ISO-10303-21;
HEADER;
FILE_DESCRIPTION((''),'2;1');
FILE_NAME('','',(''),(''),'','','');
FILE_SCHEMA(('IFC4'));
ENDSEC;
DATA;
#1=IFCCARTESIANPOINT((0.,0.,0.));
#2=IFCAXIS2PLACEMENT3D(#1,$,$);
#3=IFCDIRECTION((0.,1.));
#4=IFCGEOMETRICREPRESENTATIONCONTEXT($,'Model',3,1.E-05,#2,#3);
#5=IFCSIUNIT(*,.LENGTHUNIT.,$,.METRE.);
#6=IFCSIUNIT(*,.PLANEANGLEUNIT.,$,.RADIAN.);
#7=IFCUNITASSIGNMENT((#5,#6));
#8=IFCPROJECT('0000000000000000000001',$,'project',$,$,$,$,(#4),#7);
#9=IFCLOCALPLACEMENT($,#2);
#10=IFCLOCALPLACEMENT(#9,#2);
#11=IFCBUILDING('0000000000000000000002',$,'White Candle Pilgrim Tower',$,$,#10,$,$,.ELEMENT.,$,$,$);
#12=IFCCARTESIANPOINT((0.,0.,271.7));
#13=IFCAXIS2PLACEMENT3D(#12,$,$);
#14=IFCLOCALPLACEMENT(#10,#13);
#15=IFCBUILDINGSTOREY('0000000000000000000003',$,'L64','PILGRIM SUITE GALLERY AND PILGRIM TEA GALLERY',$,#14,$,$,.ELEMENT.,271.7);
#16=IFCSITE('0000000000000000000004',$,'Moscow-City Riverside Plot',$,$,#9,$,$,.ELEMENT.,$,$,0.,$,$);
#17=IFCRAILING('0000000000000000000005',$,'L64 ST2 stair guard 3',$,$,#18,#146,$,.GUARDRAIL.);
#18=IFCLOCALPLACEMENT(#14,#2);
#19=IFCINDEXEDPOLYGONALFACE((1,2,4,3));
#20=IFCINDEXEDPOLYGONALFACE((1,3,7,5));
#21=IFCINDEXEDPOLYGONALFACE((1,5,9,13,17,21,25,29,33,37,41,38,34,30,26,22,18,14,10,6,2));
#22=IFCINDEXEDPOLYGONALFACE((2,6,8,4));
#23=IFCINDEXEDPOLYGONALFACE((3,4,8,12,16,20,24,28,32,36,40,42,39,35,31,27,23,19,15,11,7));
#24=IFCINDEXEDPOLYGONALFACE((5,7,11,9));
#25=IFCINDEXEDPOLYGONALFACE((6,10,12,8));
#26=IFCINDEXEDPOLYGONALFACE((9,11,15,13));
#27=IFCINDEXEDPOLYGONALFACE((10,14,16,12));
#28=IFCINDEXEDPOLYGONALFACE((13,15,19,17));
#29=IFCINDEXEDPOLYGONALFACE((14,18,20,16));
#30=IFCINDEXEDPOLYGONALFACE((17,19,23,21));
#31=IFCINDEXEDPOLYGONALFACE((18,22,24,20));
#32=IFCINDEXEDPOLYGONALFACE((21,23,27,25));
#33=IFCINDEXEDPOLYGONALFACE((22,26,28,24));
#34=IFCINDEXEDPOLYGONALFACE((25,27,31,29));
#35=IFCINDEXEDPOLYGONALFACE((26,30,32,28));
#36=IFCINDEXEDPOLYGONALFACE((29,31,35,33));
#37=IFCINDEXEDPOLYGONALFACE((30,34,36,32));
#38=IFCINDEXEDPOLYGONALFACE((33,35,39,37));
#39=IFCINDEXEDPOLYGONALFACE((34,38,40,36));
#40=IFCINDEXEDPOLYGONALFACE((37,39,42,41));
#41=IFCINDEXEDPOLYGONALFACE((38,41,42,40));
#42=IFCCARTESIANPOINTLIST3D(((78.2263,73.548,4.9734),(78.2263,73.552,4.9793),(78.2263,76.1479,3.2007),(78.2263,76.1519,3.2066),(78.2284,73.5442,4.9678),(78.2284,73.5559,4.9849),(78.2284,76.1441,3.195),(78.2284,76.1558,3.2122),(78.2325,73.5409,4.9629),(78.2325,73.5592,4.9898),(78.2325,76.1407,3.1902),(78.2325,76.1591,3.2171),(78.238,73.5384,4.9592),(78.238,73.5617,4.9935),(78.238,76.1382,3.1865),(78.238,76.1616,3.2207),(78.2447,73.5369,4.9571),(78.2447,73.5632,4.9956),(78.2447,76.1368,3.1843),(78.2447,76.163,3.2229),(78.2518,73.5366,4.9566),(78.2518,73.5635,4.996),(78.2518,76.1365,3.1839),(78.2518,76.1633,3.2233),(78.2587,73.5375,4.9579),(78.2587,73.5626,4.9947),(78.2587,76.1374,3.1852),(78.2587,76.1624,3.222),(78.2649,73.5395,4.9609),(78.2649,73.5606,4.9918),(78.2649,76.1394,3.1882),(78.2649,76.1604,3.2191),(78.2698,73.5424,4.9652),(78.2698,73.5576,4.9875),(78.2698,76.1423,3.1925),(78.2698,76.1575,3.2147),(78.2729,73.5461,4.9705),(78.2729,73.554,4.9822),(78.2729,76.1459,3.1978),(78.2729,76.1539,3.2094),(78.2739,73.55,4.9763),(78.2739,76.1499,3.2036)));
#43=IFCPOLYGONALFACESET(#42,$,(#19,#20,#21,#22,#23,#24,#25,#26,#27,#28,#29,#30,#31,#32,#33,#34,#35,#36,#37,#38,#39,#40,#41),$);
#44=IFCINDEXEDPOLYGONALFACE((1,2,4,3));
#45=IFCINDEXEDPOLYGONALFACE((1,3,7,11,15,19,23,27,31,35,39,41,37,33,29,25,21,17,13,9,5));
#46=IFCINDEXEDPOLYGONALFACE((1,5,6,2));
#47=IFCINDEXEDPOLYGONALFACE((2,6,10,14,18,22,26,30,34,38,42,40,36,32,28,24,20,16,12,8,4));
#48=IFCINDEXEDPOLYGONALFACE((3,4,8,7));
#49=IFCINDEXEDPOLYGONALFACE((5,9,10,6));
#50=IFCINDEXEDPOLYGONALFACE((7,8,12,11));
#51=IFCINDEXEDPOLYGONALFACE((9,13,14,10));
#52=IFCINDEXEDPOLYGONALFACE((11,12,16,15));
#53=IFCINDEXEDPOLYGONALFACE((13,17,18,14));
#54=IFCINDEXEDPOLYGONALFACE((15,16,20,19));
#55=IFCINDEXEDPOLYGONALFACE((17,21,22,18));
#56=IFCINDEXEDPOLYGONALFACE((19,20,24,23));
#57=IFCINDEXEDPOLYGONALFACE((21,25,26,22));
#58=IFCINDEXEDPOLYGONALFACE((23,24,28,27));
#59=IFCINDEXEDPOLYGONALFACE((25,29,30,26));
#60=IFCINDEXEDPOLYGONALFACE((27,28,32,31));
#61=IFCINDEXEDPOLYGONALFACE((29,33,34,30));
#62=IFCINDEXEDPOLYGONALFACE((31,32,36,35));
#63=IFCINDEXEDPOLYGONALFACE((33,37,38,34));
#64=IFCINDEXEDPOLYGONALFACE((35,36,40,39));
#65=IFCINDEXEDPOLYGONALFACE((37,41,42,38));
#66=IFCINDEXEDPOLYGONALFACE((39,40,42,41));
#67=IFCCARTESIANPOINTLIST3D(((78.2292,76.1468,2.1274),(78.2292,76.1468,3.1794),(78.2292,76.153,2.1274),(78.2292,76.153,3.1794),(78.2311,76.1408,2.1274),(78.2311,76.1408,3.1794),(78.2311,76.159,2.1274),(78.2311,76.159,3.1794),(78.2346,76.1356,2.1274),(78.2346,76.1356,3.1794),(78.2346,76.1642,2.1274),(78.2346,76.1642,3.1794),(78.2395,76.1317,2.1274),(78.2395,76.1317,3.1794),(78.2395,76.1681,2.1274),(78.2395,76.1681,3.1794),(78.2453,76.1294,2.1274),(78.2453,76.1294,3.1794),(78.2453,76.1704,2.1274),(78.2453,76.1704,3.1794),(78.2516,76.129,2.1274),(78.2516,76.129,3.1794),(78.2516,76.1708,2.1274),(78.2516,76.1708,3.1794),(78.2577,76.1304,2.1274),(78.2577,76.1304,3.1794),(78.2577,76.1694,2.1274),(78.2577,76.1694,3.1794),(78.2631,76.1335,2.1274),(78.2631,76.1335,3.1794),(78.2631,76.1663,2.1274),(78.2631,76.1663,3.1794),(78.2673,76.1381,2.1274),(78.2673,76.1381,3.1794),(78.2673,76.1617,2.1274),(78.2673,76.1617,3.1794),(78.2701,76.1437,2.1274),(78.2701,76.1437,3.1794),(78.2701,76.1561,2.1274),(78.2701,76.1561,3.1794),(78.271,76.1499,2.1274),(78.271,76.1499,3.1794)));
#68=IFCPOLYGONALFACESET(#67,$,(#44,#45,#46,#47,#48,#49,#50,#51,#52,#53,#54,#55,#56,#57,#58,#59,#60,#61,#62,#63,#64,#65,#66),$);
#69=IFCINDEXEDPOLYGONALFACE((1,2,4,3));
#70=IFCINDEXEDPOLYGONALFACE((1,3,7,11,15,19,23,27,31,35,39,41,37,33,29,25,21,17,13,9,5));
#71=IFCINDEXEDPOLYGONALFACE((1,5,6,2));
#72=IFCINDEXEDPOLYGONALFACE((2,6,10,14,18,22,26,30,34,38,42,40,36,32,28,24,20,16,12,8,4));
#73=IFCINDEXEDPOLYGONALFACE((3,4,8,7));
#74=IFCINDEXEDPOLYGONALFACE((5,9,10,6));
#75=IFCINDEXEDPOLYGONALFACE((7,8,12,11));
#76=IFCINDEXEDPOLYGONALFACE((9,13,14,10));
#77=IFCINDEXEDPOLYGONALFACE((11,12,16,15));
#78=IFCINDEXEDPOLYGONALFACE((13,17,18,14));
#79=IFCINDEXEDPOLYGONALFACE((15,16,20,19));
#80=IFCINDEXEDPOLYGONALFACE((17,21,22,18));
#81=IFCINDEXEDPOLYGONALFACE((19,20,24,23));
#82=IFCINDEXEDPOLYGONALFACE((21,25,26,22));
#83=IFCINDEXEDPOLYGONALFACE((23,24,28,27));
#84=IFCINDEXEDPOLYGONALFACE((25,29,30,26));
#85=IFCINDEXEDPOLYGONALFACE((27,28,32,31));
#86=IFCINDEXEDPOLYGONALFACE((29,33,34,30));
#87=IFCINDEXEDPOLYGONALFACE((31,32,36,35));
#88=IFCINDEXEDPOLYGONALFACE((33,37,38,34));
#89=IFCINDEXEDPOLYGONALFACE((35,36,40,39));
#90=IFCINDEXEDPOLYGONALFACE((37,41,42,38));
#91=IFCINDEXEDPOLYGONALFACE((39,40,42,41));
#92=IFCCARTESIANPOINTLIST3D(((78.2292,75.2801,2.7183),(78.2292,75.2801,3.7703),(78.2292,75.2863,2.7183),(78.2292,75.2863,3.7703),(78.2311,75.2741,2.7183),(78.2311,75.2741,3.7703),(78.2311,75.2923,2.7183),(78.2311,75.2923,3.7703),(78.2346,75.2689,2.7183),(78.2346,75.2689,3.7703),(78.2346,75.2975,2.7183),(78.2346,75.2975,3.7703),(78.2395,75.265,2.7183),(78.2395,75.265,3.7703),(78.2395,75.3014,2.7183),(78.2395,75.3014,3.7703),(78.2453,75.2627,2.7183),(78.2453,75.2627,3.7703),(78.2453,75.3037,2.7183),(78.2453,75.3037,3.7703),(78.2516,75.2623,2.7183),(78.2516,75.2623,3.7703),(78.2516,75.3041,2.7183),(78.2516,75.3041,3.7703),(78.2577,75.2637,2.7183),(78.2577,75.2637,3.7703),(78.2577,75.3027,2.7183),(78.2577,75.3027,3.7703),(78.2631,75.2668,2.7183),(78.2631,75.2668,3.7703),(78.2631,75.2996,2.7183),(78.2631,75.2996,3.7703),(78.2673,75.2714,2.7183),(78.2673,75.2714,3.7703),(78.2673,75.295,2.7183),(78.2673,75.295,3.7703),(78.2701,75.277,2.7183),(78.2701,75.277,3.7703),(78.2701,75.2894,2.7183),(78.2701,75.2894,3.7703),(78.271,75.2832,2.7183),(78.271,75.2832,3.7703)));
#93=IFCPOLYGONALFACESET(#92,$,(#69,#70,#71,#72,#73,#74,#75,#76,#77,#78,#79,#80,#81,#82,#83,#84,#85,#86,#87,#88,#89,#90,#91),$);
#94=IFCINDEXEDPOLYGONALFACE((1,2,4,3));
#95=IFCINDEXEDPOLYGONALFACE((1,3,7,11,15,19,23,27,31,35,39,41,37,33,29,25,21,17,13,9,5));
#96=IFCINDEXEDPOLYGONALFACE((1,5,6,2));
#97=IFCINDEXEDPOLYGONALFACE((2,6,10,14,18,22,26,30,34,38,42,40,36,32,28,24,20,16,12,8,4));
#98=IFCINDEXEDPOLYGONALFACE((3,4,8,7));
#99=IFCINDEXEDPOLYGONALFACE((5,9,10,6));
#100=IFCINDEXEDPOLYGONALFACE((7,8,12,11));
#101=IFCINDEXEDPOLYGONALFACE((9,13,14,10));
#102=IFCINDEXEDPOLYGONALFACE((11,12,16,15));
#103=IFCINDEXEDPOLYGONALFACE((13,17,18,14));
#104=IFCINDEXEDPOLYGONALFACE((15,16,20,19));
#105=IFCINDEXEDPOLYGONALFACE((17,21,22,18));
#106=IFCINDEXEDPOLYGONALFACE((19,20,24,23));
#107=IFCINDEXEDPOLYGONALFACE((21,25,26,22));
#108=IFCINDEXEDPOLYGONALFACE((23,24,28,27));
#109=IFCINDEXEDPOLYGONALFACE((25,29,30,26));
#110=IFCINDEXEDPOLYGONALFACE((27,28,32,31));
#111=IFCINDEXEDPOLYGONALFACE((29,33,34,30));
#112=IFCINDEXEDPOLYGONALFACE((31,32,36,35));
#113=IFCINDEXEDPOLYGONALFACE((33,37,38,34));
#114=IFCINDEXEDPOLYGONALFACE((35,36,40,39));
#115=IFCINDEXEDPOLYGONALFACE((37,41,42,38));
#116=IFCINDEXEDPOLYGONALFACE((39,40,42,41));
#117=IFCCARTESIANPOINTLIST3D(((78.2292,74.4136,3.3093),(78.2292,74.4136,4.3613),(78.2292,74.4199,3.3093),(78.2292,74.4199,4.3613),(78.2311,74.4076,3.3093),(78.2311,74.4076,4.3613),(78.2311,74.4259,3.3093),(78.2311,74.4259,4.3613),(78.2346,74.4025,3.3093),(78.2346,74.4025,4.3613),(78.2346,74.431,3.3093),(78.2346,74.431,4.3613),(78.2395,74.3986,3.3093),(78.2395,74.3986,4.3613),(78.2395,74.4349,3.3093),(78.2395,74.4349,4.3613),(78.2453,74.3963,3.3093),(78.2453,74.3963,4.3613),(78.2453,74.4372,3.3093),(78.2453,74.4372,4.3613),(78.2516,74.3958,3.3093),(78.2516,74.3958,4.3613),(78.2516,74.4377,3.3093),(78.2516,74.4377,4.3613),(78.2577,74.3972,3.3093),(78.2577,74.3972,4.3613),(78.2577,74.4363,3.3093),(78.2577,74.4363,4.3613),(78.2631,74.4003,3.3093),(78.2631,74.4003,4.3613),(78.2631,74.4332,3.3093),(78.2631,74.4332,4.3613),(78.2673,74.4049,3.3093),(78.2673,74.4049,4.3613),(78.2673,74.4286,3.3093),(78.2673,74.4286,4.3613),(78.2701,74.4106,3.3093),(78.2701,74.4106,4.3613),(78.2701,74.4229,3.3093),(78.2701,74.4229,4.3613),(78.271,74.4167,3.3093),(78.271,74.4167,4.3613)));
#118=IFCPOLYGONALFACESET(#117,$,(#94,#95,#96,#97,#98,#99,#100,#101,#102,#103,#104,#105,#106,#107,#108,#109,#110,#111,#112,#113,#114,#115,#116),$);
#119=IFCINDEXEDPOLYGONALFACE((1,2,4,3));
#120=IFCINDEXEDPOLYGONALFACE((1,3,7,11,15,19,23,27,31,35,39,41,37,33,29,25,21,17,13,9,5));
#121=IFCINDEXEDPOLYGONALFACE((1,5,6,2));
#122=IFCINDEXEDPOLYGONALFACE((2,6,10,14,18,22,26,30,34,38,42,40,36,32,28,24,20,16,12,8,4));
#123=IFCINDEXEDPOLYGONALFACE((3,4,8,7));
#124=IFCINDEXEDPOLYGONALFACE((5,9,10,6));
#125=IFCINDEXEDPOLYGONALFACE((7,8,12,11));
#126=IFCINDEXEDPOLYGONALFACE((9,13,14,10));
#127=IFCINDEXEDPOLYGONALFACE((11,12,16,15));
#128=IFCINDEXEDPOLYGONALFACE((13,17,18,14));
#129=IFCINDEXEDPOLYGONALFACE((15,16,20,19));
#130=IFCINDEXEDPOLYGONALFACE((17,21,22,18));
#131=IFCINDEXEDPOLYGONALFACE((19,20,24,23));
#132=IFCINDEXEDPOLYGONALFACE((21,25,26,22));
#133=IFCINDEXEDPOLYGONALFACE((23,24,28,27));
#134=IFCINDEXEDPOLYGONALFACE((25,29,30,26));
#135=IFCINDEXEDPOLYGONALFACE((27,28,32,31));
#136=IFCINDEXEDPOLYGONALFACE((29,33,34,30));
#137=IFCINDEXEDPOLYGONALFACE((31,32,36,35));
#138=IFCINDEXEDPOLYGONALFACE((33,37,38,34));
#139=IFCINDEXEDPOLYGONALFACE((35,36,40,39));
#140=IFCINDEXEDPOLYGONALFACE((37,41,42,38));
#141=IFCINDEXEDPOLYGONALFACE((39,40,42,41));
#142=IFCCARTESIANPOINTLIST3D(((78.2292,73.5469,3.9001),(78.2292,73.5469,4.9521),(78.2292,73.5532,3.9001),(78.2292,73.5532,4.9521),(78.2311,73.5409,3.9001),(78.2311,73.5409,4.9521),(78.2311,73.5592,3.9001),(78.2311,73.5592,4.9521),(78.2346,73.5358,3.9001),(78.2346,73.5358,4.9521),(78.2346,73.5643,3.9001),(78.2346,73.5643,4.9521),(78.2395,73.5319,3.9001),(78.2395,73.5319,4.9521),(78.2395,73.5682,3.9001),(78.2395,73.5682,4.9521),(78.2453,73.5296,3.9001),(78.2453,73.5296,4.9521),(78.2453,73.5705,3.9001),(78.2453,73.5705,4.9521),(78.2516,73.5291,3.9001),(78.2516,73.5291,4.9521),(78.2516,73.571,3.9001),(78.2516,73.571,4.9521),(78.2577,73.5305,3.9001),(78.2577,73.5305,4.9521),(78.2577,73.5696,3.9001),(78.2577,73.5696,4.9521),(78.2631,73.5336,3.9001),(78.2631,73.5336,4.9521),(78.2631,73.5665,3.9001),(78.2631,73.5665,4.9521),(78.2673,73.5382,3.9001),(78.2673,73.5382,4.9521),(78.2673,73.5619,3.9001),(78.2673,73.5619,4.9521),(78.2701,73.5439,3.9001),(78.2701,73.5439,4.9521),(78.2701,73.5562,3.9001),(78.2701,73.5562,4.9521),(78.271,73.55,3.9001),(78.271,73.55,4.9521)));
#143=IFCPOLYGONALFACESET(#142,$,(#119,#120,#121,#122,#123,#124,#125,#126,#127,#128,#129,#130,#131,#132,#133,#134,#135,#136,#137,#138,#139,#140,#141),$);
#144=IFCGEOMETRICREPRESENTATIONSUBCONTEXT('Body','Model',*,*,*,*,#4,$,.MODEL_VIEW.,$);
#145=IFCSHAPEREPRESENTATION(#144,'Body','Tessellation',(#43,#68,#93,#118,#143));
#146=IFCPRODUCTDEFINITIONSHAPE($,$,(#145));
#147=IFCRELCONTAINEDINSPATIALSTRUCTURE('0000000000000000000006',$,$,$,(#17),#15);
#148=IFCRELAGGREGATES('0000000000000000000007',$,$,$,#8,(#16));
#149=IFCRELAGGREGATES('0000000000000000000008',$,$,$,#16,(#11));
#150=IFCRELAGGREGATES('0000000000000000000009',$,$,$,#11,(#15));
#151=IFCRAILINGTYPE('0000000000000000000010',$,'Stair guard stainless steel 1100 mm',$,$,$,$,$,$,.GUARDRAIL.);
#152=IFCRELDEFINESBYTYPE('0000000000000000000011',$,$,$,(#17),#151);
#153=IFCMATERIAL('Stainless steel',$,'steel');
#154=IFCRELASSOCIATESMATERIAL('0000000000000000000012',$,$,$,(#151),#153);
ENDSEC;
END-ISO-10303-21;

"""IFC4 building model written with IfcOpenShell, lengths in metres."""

from ifc_helpers import new_model, si_unit, direction, frame, origin, origin_2d, place, context, subcontext, project, spatial, circle, extrude, material, type_object, element, save


model = new_model("IFC4")

# Units and contexts
model_context = context("Model", 3, precision=1e-05, world=origin(), true_north=direction((0.0, 1.0)))
body_context = subcontext(model_context, "Body", "Model", "MODEL_VIEW")
ifc_project = project(units=[si_unit("LENGTHUNIT", "METRE"), si_unit("PLANEANGLEUNIT", "RADIAN")], contexts=[model_context])

# Site, building, storey
site_placement = place(None, origin())
site = spatial("IfcSite", under=ifc_project, at=site_placement, Name="Moscow-City Riverside Plot", CompositionType="ELEMENT", RefElevation=0.0)
building_placement = place(site_placement, origin())
building = spatial("IfcBuilding", under=site, at=building_placement, Name="White Candle Pilgrim Tower", CompositionType="ELEMENT")
storey_placement = place(building_placement, frame((0.0, 0.0, 271.7)))
storey = spatial("IfcBuildingStorey", under=building, at=storey_placement, Name="L64", Description="PILGRIM SUITE GALLERY AND PILGRIM TEA GALLERY", CompositionType="ELEMENT", Elevation=271.7)

# Railing
ifc_material_1 = material(Name="Stainless steel", Category="steel")
railing_type_1 = type_object("IfcRailingType", Name="Stair guard stainless steel 1100 mm", PredefinedType="GUARDRAIL", material=ifc_material_1)
railing_1_placement = place(storey_placement, frame((78.25, 76.1499, 2.1274)))
element("IfcRailing", 1, at=railing_1_placement, inside=storey, type_object=railing_type_1, Name="L64 ST2 stair guard 3", PredefinedType="GUARDRAIL", context=body_context, shape_type="SweptSolid", body=[
    extrude(circle(Radius=0.0239, at=origin_2d()), frame((0.0, 0.0, 1.0762), z_axis=(0.0, -0.826216, 0.563354), x_axis=(1.0, 0.0, 0.0)), (0.0, 0.0, 1.0), 3.1467),
    extrude(circle(Radius=0.021, at=origin_2d()), origin(), (0.0, 0.0, 1.0), 1.052),
    extrude(circle(Radius=0.021, at=origin_2d()), frame((0.0, -0.8667, 0.5908)), (0.0, 0.0, 1.0), 1.052),
    extrude(circle(Radius=0.021, at=origin_2d()), frame((0.0, -1.7332, 1.1819)), (0.0, 0.0, 1.0), 1.052),
    extrude(circle(Radius=0.021, at=origin_2d()), frame((0.0, -2.5999, 1.7727)), (0.0, 0.0, 1.0), 1.052),
])

save(model, "model.ifc")
